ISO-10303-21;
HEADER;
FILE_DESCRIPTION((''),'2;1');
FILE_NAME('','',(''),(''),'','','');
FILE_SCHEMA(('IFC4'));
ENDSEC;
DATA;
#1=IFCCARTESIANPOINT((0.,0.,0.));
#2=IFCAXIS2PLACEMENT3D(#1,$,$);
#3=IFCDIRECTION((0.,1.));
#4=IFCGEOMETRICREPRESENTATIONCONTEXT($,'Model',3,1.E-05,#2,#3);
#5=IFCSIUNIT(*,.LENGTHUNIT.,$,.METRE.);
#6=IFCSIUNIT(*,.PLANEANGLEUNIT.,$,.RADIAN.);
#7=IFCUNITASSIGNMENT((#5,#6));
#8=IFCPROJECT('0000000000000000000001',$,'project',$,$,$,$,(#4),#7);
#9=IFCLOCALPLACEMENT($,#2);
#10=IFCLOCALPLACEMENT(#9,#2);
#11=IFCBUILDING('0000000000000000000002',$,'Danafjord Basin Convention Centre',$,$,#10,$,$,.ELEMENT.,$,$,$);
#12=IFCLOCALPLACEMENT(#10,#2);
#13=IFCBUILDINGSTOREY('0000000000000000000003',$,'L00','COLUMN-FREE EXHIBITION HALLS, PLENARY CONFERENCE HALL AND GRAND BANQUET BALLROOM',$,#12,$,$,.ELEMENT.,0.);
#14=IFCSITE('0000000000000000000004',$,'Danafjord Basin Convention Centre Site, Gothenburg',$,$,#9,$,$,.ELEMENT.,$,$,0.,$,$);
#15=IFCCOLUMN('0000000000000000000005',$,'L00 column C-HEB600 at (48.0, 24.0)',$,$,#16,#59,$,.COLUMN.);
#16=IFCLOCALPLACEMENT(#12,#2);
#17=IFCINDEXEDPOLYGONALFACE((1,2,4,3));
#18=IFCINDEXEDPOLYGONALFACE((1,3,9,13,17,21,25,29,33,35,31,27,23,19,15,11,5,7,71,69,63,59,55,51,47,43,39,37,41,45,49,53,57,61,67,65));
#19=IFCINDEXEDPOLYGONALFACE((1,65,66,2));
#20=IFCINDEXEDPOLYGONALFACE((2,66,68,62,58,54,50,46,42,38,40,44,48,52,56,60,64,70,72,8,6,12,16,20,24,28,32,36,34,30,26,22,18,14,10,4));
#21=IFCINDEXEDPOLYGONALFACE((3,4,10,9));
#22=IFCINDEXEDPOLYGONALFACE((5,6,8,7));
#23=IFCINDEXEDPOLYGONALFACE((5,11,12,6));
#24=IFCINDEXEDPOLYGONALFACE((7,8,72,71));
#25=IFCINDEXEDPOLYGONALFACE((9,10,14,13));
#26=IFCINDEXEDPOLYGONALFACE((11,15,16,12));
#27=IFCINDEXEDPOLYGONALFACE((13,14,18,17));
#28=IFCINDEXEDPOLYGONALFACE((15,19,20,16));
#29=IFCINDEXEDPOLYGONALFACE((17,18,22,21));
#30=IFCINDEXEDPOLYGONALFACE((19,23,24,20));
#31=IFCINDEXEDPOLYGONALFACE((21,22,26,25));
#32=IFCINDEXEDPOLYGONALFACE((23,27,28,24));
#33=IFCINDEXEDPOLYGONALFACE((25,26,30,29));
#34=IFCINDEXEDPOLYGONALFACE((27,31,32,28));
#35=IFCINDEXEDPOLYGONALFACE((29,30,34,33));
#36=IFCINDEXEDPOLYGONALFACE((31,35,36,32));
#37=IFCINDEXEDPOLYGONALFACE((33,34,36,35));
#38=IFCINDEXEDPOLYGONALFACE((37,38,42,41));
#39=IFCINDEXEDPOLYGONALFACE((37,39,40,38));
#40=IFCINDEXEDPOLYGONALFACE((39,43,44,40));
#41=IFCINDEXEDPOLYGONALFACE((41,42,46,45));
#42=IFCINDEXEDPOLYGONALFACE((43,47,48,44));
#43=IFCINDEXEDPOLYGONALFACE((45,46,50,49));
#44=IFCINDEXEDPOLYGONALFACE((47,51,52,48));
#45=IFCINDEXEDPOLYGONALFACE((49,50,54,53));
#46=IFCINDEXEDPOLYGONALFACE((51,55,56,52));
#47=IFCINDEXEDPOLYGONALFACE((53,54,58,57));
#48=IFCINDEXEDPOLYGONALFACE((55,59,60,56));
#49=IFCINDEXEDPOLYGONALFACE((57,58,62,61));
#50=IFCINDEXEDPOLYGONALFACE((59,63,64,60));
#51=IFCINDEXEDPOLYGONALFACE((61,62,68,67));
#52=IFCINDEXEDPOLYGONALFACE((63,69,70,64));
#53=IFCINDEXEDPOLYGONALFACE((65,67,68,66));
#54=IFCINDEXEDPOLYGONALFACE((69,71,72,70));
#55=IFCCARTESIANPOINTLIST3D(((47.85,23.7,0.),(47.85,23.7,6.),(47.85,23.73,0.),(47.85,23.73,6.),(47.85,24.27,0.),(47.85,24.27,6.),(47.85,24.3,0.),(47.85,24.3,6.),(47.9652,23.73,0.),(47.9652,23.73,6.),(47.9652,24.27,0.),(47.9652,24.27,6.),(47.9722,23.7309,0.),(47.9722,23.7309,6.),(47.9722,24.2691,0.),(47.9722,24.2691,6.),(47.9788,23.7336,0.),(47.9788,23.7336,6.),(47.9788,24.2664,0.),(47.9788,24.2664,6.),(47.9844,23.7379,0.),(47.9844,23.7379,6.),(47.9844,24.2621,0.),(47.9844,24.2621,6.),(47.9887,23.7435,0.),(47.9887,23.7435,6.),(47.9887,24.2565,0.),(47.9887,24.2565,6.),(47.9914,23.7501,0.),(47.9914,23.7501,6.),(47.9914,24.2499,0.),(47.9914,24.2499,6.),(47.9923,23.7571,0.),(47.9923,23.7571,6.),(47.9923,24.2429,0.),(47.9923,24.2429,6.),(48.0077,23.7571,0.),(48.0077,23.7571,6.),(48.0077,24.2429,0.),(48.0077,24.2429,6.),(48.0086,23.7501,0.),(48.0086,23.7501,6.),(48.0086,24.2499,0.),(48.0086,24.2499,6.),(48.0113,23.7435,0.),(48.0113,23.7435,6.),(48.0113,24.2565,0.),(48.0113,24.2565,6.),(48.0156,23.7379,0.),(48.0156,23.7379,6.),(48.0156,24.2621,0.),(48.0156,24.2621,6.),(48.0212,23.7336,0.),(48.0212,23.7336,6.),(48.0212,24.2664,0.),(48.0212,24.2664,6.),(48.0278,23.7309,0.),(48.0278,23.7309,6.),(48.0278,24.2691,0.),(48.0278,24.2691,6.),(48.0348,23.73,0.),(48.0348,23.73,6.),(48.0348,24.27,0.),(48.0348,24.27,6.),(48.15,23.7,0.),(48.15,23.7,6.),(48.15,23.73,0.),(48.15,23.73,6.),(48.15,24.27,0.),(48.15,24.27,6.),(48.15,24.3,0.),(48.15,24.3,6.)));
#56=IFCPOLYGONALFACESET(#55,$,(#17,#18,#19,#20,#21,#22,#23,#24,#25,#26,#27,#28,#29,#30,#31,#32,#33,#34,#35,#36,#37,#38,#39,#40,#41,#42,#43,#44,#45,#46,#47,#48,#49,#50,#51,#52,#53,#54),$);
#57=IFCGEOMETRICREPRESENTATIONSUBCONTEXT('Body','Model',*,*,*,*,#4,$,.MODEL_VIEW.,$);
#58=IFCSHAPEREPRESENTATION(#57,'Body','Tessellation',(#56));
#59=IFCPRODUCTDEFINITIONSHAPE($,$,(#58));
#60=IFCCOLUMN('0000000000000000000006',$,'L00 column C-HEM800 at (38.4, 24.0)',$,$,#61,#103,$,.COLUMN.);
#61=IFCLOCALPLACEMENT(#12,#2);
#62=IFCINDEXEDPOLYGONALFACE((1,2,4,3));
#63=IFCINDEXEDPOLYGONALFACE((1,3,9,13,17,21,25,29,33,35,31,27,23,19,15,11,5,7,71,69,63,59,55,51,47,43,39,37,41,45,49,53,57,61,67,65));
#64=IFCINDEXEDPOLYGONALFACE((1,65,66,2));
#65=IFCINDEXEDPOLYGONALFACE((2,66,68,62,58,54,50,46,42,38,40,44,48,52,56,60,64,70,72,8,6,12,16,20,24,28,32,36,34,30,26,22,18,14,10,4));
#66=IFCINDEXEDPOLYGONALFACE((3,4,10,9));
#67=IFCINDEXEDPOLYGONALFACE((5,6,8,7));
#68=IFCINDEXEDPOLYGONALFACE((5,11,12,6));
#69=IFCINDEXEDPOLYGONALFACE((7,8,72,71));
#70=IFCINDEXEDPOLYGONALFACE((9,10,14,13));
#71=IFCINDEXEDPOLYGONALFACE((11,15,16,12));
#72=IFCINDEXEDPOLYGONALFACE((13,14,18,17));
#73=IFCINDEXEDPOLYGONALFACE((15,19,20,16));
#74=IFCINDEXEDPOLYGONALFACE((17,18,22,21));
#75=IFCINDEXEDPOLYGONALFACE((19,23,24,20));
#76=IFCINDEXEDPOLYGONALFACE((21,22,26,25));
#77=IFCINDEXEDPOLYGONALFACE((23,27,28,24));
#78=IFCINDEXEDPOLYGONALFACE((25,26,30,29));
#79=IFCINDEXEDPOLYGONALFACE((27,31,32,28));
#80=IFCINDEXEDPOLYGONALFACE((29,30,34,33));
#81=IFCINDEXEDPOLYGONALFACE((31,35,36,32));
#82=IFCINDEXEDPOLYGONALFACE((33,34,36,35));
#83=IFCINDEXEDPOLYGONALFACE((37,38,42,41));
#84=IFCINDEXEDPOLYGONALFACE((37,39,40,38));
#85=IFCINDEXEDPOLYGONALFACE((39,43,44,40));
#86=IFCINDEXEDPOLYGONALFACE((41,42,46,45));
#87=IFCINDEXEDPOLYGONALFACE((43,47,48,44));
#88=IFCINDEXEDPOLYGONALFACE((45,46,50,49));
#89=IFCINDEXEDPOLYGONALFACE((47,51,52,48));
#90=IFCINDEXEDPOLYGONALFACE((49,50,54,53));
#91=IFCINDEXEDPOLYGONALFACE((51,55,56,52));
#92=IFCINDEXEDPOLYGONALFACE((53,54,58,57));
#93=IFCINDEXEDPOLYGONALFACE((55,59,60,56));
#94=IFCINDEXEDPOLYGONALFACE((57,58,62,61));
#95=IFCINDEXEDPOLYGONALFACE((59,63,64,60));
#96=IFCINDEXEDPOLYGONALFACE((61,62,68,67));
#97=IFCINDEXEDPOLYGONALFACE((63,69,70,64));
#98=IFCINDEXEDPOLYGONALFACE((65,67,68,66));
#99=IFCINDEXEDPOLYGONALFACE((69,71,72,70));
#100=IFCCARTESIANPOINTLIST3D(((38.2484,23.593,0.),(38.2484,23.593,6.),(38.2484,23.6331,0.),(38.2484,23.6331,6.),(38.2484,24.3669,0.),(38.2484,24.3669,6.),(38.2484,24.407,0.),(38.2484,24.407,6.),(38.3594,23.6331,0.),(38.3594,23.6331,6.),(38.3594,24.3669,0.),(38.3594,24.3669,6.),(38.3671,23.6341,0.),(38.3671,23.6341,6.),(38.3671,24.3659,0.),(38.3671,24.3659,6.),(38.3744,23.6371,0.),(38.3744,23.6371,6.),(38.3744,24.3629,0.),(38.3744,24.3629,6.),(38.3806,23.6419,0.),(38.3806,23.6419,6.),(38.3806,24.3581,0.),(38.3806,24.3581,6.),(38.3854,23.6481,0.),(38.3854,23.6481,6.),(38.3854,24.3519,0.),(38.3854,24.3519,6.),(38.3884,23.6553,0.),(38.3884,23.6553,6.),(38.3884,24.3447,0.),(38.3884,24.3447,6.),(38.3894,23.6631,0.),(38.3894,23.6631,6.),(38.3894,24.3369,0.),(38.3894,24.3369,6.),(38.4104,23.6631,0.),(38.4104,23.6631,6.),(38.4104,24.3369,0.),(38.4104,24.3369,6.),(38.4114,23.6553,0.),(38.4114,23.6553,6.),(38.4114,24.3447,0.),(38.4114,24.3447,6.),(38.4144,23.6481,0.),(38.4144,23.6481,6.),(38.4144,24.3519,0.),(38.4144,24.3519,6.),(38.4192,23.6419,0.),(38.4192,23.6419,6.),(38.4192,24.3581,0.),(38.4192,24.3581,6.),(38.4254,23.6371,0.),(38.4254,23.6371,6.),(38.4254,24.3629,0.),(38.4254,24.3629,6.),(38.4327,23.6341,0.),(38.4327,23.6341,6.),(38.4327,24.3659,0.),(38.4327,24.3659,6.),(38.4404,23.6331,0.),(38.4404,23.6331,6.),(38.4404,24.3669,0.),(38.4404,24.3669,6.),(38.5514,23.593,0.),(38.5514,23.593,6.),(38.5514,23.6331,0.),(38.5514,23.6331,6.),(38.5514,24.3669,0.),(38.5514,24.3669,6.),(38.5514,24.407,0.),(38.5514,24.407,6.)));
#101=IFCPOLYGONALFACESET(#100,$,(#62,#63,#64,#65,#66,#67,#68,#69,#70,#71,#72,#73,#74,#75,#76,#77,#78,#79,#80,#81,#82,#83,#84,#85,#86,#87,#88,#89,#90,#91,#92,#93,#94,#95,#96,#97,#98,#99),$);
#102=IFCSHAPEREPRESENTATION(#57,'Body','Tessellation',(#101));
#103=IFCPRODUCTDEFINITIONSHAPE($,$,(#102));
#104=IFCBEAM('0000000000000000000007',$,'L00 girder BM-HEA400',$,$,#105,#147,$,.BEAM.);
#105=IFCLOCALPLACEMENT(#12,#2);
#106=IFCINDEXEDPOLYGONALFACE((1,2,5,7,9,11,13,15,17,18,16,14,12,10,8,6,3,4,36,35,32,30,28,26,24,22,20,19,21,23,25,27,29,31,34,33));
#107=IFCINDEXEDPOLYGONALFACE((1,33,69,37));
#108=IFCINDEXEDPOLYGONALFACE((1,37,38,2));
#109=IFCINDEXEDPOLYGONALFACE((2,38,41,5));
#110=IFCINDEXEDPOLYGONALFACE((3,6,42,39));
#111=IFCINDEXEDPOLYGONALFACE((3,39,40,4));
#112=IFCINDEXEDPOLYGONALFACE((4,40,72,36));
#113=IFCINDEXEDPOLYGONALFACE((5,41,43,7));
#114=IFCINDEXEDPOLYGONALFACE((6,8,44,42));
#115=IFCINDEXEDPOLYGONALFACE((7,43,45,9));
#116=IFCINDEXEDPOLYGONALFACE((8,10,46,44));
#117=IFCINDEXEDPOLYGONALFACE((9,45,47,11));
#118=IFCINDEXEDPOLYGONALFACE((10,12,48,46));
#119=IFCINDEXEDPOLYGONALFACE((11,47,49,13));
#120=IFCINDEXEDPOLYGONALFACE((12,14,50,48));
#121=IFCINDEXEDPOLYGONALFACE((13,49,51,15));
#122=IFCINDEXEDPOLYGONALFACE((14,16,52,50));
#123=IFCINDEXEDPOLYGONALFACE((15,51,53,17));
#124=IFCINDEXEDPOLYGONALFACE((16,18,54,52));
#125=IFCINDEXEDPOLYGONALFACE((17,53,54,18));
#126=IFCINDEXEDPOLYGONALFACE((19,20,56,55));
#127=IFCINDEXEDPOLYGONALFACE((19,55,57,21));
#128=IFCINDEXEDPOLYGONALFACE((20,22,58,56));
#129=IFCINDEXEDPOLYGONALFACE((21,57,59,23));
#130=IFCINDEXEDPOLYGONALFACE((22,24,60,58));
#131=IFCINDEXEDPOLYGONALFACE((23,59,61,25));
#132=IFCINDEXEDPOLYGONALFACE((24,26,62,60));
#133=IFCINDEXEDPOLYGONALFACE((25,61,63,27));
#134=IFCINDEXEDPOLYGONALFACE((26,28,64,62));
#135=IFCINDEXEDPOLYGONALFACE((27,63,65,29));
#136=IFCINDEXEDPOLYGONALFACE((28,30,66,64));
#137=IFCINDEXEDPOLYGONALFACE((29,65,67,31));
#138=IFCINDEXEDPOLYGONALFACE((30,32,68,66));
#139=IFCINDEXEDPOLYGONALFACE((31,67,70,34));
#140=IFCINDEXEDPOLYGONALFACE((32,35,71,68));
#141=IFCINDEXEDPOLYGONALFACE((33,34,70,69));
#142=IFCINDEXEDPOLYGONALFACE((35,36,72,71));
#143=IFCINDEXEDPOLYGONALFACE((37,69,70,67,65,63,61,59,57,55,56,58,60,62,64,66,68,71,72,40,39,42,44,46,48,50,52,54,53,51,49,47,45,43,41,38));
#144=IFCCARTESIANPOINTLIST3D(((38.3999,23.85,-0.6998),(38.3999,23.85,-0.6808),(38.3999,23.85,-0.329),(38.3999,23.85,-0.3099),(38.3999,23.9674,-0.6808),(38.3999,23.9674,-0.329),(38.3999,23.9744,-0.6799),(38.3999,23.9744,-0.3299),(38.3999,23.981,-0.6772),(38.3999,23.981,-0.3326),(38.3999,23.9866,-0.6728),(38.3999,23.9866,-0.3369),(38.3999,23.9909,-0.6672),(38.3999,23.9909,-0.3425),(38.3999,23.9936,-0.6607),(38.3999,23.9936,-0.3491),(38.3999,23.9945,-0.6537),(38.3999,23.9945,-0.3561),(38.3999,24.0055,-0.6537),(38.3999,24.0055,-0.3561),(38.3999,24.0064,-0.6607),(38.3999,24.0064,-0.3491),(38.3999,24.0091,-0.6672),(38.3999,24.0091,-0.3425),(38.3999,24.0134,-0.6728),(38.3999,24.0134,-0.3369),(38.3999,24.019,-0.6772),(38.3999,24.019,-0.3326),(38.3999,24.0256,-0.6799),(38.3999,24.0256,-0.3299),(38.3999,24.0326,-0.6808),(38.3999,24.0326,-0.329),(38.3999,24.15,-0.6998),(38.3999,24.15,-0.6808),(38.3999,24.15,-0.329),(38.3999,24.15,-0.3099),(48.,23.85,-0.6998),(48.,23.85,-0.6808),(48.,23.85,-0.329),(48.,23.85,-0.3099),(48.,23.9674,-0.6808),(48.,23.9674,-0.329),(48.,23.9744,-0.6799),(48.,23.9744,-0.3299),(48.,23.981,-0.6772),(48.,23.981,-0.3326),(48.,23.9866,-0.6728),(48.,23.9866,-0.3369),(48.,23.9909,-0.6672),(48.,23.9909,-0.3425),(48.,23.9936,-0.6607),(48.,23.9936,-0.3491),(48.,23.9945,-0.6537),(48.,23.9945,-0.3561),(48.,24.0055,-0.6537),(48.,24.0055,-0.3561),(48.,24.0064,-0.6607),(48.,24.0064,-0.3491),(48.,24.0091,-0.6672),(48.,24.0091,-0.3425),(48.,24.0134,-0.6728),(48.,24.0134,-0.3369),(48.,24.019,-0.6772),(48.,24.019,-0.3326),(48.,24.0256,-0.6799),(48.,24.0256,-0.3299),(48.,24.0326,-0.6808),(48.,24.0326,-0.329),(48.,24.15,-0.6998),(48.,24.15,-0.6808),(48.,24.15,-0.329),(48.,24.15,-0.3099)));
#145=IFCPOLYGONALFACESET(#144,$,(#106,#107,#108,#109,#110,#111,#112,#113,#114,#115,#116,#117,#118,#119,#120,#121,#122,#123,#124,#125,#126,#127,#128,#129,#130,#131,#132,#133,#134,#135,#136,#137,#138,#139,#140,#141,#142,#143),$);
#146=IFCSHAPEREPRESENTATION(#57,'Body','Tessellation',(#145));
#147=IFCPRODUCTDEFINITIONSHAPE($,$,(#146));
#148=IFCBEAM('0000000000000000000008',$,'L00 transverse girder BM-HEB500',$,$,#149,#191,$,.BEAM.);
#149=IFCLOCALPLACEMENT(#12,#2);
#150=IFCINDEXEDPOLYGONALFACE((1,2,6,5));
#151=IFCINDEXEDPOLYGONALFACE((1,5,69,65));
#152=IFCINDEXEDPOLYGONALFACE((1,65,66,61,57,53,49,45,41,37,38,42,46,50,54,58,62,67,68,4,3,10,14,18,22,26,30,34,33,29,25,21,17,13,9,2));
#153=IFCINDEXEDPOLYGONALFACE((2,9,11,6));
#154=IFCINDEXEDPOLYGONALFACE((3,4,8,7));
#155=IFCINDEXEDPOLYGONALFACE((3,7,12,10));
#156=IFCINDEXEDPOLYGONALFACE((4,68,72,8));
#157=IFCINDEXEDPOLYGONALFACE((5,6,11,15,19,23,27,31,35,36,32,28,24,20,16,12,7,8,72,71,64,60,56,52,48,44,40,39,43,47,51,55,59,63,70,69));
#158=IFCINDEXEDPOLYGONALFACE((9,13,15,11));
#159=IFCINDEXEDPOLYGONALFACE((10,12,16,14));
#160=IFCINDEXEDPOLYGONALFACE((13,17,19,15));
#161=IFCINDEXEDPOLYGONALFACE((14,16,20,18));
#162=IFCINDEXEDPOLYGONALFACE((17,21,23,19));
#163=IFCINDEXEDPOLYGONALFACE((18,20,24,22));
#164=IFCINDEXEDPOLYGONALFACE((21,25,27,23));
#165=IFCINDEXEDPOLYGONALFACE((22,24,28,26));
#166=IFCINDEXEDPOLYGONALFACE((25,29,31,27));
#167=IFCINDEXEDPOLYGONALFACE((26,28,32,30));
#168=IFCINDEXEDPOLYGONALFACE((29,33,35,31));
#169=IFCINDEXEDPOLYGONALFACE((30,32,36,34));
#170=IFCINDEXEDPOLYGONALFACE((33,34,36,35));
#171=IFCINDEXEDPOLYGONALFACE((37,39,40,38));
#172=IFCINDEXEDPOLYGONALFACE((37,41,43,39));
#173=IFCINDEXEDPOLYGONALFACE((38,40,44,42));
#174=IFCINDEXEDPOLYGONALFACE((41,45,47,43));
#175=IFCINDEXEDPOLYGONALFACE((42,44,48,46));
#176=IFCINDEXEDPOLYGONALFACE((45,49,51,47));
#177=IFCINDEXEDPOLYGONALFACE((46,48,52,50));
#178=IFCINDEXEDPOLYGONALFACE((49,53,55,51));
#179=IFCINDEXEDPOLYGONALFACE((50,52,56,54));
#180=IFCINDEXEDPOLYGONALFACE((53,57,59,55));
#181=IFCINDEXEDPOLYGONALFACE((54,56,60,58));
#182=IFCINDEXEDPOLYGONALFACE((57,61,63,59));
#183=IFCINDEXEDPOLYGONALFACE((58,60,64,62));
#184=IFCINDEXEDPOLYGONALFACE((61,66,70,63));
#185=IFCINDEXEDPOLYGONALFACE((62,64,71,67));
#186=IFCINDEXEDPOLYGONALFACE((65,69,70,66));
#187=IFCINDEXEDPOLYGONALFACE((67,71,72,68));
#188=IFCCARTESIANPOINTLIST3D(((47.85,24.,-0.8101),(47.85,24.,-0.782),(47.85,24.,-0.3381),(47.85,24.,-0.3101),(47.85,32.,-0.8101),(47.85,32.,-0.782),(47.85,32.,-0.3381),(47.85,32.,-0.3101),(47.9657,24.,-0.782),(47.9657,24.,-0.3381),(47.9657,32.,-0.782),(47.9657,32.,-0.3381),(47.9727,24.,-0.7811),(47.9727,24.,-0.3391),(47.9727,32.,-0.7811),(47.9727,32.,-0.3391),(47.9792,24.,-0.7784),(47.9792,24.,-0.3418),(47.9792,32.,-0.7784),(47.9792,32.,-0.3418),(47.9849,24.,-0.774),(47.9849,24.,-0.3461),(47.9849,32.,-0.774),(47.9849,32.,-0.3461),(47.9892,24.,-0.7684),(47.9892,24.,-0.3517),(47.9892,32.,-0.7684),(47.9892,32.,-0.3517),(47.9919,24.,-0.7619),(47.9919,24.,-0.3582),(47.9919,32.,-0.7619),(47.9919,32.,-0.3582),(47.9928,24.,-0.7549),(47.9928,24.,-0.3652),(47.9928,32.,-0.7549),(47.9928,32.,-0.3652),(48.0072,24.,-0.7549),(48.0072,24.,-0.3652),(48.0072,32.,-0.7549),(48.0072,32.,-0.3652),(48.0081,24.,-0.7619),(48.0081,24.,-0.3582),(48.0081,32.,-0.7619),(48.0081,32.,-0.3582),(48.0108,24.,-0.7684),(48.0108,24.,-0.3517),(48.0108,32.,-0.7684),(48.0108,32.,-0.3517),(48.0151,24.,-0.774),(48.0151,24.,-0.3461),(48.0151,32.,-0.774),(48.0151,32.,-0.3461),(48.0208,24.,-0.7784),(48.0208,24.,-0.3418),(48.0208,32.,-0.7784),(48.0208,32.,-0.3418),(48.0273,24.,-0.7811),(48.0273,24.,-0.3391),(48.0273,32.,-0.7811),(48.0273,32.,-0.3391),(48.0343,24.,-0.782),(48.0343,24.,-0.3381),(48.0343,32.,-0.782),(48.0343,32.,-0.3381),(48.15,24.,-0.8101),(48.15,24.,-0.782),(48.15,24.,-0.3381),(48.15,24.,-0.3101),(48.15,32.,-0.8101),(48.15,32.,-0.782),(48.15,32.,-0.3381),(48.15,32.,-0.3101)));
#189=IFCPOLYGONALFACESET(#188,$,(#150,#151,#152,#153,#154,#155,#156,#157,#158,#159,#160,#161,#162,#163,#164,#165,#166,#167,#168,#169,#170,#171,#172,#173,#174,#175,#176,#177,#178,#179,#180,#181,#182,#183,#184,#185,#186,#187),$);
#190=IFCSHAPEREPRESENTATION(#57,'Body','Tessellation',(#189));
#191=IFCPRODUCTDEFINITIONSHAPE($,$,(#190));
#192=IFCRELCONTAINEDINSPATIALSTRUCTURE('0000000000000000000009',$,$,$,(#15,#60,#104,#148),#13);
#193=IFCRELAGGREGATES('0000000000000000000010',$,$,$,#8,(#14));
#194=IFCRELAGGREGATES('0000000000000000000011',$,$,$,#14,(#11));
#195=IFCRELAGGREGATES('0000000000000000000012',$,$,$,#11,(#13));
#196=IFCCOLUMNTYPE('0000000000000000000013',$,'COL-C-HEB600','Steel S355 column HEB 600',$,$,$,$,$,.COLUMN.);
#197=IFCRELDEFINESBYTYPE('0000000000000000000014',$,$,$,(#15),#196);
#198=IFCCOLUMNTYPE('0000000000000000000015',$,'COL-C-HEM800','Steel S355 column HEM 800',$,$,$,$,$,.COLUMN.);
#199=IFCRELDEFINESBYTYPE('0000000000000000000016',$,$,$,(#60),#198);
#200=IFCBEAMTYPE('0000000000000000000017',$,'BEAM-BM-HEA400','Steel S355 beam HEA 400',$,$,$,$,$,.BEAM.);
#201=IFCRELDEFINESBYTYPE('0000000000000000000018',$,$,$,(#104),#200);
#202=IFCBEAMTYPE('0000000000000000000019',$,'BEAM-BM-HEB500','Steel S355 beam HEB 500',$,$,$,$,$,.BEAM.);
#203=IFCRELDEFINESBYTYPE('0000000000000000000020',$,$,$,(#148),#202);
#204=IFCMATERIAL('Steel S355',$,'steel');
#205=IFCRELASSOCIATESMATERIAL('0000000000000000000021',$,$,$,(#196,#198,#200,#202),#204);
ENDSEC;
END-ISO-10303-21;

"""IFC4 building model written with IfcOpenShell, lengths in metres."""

from ifc_helpers import new_model, si_unit, direction, frame, origin, origin_2d, place, context, subcontext, project, spatial, i_section, extrude, material, material_profile, profile_set, type_object, element, save


model = new_model("IFC4")

# Units and contexts
model_context = context("Model", 3, precision=1e-05, world=origin(), true_north=direction((0.0, 1.0)))
body_context = subcontext(model_context, "Body", "Model", "MODEL_VIEW")
ifc_project = project(units=[si_unit("LENGTHUNIT", "METRE"), si_unit("PLANEANGLEUNIT", "RADIAN")], contexts=[model_context])

# Site, building, storey
site_placement = place(None, origin())
site = spatial("IfcSite", under=ifc_project, at=site_placement, Name="Danafjord Basin Convention Centre Site, Gothenburg", CompositionType="ELEMENT", RefElevation=0.0)
building_placement = place(site_placement, origin())
building = spatial("IfcBuilding", under=site, at=building_placement, Name="Danafjord Basin Convention Centre", CompositionType="ELEMENT")
storey_placement = place(building_placement, origin())
storey = spatial("IfcBuildingStorey", under=building, at=storey_placement, Name="L00", Description="COLUMN-FREE EXHIBITION HALLS, PLENARY CONFERENCE HALL AND GRAND BANQUET BALLROOM", CompositionType="ELEMENT", Elevation=0.0)

# Columns
ifc_material_1 = material(Name="Steel S355", Category="steel")
ifc_material_profile_1 = material_profile(ifc_material_1, i_section(OverallWidth=0.3, OverallDepth=0.6001, WebThickness=0.0154, FlangeThickness=0.03, FilletRadius=0.0271, at=origin_2d()), Name="HEB 600")
ifc_profile_set_1 = profile_set([ifc_material_profile_1], Name="Steel S355")
column_type_1 = type_object("IfcColumnType", Name="COL-C-HEB600", Description="Steel S355 column HEB 600", PredefinedType="COLUMN", material=ifc_profile_set_1)
column_1_placement = place(storey_placement, frame((48.0, 24.0, 0.0), z_axis=(0.0, 0.0, 1.0), x_axis=(1.0, 0.0, 0.0)))
element("IfcColumn", 1, at=column_1_placement, inside=storey, type_object=column_type_1, Name="L00 column C-HEB600 at (48.0, 24.0)", PredefinedType="COLUMN", context=body_context, shape_type="SweptSolid", body=[
    extrude(i_section(OverallWidth=0.3, OverallDepth=0.6001, WebThickness=0.0154, FlangeThickness=0.03, FilletRadius=0.0271, at=origin_2d()), origin(), (0.0, 0.0, 1.0), 6.0),
])
ifc_material_profile_2 = material_profile(ifc_material_1, i_section(OverallWidth=0.303, OverallDepth=0.814, WebThickness=0.021, FlangeThickness=0.04, FilletRadius=0.03, at=origin_2d()), Name="HEM 800")
ifc_profile_set_2 = profile_set([ifc_material_profile_2], Name="Steel S355")
column_type_2 = type_object("IfcColumnType", Name="COL-C-HEM800", Description="Steel S355 column HEM 800", PredefinedType="COLUMN", material=ifc_profile_set_2)
column_2_placement = place(storey_placement, frame((38.3999, 24.0, 0.0), z_axis=(0.0, 0.0, 1.0), x_axis=(1.0, 0.0, 0.0)))
element("IfcColumn", 2, at=column_2_placement, inside=storey, type_object=column_type_2, Name="L00 column C-HEM800 at (38.4, 24.0)", PredefinedType="COLUMN", context=body_context, shape_type="SweptSolid", body=[
    extrude(i_section(OverallWidth=0.303, OverallDepth=0.814, WebThickness=0.021, FlangeThickness=0.04, FilletRadius=0.03, at=origin_2d()), origin(), (0.0, 0.0, 1.0), 6.0),
])

# Beams
ifc_material_profile_3 = material_profile(ifc_material_1, i_section(OverallWidth=0.3, OverallDepth=0.3899, WebThickness=0.011, FlangeThickness=0.019, FilletRadius=0.0271, at=origin_2d()), Name="HEA 400")
ifc_profile_set_3 = profile_set([ifc_material_profile_3], Name="Steel S355")
beam_type_1 = type_object("IfcBeamType", Name="BEAM-BM-HEA400", Description="Steel S355 beam HEA 400", PredefinedType="BEAM", material=ifc_profile_set_3)
beam_1_placement = place(storey_placement, frame((38.3999, 24.0, -0.5049), z_axis=(1.0, 0.0, 0.0), x_axis=(0.0, 1.0, 0.0)))
element("IfcBeam", 3, at=beam_1_placement, inside=storey, type_object=beam_type_1, Name="L00 girder BM-HEA400", PredefinedType="BEAM", context=body_context, shape_type="SweptSolid", body=[
    extrude(i_section(OverallWidth=0.3, OverallDepth=0.3899, WebThickness=0.011, FlangeThickness=0.019, FilletRadius=0.0271, at=origin_2d()), origin(), (0.0, 0.0, 1.0), 9.6001),
])
ifc_material_profile_4 = material_profile(ifc_material_1, i_section(OverallWidth=0.3, OverallDepth=0.5, WebThickness=0.0144, FlangeThickness=0.0281, FilletRadius=0.0271, at=origin_2d()), Name="HEB 500")
ifc_profile_set_4 = profile_set([ifc_material_profile_4], Name="Steel S355")
beam_type_2 = type_object("IfcBeamType", Name="BEAM-BM-HEB500", Description="Steel S355 beam HEB 500", PredefinedType="BEAM", material=ifc_profile_set_4)
beam_2_placement = place(storey_placement, frame((48.0, 24.0, -0.5601), z_axis=(0.0, 1.0, 0.0), x_axis=(-1.0, 0.0, 0.0)))
element("IfcBeam", 4, at=beam_2_placement, inside=storey, type_object=beam_type_2, Name="L00 transverse girder BM-HEB500", PredefinedType="BEAM", context=body_context, shape_type="SweptSolid", body=[
    extrude(i_section(OverallWidth=0.3, OverallDepth=0.5, WebThickness=0.0144, FlangeThickness=0.0281, FilletRadius=0.0271, at=origin_2d()), origin(), (0.0, 0.0, 1.0), 8.0),
])

save(model, "model.ifc")
